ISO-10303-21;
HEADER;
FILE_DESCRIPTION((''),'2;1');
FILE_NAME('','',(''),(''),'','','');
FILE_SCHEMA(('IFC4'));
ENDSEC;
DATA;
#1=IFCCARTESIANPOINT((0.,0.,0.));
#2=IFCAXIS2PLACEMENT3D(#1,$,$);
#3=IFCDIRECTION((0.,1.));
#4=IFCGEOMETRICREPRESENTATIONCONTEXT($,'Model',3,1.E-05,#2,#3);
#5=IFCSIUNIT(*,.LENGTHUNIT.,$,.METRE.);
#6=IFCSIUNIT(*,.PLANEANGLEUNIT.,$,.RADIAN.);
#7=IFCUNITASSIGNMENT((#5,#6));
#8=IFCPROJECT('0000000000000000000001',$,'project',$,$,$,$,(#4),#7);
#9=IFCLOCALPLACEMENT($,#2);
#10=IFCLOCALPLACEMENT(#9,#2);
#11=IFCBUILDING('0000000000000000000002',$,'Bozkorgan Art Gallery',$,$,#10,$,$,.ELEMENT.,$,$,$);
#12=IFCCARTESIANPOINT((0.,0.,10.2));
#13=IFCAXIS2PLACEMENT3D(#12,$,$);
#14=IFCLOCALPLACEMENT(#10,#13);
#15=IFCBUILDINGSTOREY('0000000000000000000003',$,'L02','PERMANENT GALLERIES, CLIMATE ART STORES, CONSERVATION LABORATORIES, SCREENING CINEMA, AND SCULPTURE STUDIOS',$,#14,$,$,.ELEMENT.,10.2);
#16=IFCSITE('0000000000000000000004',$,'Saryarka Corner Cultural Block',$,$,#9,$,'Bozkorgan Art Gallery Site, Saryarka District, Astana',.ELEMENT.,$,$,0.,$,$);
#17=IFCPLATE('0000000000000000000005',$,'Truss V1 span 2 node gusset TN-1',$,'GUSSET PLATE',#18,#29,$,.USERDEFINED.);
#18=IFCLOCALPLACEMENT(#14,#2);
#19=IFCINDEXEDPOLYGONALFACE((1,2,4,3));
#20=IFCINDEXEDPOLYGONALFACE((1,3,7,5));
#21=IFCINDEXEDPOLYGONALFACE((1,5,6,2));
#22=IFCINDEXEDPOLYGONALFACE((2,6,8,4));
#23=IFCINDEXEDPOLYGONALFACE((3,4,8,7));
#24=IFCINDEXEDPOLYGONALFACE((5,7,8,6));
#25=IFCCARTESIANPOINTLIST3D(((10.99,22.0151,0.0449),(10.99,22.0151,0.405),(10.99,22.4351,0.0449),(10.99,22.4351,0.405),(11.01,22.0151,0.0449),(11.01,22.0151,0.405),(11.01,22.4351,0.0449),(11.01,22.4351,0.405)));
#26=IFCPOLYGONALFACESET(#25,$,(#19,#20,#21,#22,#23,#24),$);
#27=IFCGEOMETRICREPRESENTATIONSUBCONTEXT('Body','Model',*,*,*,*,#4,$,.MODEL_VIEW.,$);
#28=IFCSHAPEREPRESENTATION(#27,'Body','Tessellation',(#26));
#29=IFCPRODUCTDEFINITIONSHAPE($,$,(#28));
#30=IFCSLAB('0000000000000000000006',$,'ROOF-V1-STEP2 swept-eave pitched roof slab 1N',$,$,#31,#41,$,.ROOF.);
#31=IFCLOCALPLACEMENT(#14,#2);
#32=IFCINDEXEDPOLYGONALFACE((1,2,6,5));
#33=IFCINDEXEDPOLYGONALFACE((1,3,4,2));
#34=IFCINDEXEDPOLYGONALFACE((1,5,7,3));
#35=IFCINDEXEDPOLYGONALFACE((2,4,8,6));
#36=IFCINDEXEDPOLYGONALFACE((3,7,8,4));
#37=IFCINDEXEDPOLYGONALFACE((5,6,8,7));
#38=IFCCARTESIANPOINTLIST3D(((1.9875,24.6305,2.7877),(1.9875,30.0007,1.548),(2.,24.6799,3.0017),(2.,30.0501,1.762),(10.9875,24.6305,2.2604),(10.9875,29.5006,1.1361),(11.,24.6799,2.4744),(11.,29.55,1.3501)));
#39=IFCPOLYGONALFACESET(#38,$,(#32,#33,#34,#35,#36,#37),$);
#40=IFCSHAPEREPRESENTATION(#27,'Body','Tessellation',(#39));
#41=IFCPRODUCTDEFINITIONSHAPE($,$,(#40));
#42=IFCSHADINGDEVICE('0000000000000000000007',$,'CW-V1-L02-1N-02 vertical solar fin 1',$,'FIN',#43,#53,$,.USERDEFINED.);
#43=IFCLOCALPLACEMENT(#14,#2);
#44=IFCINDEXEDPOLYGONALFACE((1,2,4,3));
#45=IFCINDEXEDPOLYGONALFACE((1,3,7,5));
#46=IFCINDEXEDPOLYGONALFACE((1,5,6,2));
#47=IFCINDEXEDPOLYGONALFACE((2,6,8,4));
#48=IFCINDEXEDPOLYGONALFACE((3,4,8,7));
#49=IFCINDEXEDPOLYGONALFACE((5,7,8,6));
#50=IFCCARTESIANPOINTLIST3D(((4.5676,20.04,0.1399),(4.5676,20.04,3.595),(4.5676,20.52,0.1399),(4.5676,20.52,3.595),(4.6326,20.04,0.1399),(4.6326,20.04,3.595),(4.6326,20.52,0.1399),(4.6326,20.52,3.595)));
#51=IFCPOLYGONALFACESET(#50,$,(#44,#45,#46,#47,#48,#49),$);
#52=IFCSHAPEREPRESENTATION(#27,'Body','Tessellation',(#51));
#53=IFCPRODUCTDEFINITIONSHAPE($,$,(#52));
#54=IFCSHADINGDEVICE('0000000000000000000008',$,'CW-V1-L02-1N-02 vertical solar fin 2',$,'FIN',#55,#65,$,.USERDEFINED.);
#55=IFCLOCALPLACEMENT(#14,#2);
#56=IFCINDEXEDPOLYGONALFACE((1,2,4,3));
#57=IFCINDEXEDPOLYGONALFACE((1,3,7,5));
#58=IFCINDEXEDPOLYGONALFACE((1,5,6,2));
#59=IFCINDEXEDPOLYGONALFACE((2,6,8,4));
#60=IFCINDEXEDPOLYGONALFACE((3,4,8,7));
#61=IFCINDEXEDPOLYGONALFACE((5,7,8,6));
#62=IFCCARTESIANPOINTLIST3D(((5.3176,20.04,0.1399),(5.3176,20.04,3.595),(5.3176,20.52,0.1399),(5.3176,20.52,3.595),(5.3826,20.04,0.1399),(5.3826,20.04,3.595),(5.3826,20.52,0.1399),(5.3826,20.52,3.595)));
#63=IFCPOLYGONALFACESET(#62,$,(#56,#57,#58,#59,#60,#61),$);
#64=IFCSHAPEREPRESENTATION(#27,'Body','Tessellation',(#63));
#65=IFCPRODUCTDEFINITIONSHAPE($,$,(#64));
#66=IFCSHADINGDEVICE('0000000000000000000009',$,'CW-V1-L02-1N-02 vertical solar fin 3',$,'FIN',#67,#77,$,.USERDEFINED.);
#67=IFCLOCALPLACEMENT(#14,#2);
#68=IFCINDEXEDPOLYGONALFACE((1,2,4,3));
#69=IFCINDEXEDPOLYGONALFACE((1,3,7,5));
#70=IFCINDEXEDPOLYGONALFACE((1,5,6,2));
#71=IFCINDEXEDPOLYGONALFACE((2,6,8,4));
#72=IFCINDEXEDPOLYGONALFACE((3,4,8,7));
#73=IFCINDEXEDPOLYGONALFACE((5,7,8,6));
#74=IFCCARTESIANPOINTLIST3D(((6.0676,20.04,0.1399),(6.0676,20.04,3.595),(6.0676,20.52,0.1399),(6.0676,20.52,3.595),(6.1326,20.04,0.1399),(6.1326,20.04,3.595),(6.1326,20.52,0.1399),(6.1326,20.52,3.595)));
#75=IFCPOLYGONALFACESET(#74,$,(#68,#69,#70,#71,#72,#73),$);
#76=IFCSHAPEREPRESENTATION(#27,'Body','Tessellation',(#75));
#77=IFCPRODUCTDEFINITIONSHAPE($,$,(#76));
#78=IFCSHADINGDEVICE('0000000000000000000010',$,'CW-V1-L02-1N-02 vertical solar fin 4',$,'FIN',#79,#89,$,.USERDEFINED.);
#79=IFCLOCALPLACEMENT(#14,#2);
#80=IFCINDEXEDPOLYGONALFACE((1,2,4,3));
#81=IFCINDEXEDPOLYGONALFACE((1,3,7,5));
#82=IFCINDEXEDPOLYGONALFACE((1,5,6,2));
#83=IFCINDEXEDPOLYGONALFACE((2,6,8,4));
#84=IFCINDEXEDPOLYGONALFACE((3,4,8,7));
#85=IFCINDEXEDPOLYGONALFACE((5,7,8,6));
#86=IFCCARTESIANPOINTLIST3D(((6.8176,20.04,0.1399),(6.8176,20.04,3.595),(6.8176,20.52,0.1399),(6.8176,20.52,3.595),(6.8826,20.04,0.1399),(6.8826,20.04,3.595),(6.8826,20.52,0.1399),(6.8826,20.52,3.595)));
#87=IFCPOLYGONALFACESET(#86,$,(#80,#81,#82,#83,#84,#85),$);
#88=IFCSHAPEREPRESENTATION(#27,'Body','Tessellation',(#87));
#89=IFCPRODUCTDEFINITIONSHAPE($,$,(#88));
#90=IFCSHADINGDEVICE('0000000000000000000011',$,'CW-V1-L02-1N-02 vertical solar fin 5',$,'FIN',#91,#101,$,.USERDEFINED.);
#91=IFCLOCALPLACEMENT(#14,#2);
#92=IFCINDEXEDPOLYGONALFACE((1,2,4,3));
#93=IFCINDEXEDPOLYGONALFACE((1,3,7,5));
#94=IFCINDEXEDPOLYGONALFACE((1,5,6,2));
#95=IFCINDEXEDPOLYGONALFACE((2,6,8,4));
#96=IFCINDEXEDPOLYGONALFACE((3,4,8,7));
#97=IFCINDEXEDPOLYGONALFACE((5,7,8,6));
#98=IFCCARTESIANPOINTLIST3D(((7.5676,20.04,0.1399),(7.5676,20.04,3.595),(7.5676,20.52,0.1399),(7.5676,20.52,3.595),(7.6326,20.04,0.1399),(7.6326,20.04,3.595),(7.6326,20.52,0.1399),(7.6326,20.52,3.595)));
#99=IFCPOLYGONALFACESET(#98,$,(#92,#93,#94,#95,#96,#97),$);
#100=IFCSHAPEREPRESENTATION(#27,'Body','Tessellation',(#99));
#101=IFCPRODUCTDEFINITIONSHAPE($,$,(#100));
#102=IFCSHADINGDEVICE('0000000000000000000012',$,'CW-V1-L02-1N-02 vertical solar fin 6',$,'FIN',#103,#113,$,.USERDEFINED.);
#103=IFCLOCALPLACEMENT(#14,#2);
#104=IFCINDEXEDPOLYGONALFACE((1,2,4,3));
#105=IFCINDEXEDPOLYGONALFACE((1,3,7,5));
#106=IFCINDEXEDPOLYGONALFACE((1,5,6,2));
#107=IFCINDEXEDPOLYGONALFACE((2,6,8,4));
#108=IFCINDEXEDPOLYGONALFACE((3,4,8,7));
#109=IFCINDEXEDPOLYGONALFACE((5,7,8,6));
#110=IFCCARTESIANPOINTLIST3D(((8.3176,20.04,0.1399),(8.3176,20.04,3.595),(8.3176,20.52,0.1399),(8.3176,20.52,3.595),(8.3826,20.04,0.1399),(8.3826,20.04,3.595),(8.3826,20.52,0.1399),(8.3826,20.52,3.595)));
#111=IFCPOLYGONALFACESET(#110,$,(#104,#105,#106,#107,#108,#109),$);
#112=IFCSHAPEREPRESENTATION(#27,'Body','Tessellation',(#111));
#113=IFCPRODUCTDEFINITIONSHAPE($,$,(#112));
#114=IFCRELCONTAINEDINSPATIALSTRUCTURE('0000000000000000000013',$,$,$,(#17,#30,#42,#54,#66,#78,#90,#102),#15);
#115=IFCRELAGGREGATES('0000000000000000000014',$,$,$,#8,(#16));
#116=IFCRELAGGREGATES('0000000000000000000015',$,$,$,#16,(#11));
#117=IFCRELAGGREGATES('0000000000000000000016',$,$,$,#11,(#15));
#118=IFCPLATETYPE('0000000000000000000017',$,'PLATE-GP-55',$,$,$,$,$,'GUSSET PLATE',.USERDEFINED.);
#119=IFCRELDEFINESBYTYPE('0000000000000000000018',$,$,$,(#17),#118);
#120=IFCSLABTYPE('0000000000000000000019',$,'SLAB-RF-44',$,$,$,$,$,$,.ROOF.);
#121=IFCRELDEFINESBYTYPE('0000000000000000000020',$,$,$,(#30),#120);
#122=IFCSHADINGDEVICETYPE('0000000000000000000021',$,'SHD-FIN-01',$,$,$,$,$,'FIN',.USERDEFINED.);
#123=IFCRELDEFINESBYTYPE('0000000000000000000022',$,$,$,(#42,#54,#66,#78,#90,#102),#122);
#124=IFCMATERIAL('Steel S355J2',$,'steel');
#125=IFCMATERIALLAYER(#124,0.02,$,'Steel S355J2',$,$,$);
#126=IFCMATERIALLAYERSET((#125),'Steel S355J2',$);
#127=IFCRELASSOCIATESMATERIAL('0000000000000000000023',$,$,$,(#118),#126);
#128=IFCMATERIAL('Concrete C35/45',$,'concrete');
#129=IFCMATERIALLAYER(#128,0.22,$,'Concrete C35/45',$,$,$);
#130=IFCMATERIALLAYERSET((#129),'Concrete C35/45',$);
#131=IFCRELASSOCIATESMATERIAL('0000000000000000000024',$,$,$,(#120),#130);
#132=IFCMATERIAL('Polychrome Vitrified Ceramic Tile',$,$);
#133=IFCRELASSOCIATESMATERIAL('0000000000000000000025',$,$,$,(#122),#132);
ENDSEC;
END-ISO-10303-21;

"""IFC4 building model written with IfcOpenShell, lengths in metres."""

from ifc_helpers import new_model, si_unit, direction, frame, origin, origin_2d, place, context, subcontext, project, spatial, polyline, rectangle, outline, extrude, material, layer, layer_set, type_object, element, save


model = new_model("IFC4")

# Units and contexts
model_context = context("Model", 3, precision=1e-05, world=origin(), true_north=direction((0.0, 1.0)))
body_context = subcontext(model_context, "Body", "Model", "MODEL_VIEW")
ifc_project = project(units=[si_unit("LENGTHUNIT", "METRE"), si_unit("PLANEANGLEUNIT", "RADIAN")], contexts=[model_context])

# Site, building, storey
site_placement = place(None, origin())
site = spatial("IfcSite", under=ifc_project, at=site_placement, Name="Saryarka Corner Cultural Block", LongName="Bozkorgan Art Gallery Site, Saryarka District, Astana", CompositionType="ELEMENT", RefElevation=0.0)
building_placement = place(site_placement, origin())
building = spatial("IfcBuilding", under=site, at=building_placement, Name="Bozkorgan Art Gallery", CompositionType="ELEMENT")
storey_placement = place(building_placement, frame((0.0, 0.0, 10.2)))
storey = spatial("IfcBuildingStorey", under=building, at=storey_placement, Name="L02", Description="PERMANENT GALLERIES, CLIMATE ART STORES, CONSERVATION LABORATORIES, SCREENING CINEMA, AND SCULPTURE STUDIOS", CompositionType="ELEMENT", Elevation=10.2)

# Shared definitions
ifc_material_1 = material(Name="Steel S355J2", Category="steel")

# Plate
ifc_layer_1 = layer(ifc_material_1, 0.02, Name="Steel S355J2")
ifc_layer_set_1 = layer_set([ifc_layer_1], Name="Steel S355J2")
plate_type_1 = type_object("IfcPlateType", Name="PLATE-GP-55", ElementType="GUSSET PLATE", PredefinedType="USERDEFINED", material=ifc_layer_set_1)
for number, where, z_axis, x_axis, name in (
    (1, (11.0, 22.2251, 0.0449), (0.0, 0.0, 1.0), (1.0, 0.0, 0.0), "Truss V1 span 2 node gusset TN-1"),
):
    element("IfcPlate", number, at=place(storey_placement, frame(where, z_axis=z_axis, x_axis=x_axis)), inside=storey, type_object=plate_type_1, Name=name, ObjectType="GUSSET PLATE", PredefinedType="USERDEFINED", context=body_context, shape_type="SweptSolid", body=[
        extrude(rectangle(XDim=0.02, YDim=0.4199, at=origin_2d()), origin(), (0.0, 0.0, 1.0), 0.3601),
    ])

# Slab
ifc_material_2 = material(Name="Concrete C35/45", Category="concrete")
ifc_layer_2 = layer(ifc_material_2, 0.22, Name="Concrete C35/45")
ifc_layer_set_2 = layer_set([ifc_layer_2], Name="Concrete C35/45")
slab_type = type_object("IfcSlabType", Name="SLAB-RF-44", PredefinedType="ROOF", material=ifc_layer_set_2)
slab_placement = place(storey_placement, frame((2.0, 24.6799, 3.0017), z_axis=(0.056997, 0.224574, 0.972789), x_axis=(0.998288, 0.000001, -0.058491)))
element("IfcSlab", 2, at=slab_placement, inside=storey, type_object=slab_type, Name="ROOF-V1-STEP2 swept-eave pitched roof slab 1N", PredefinedType="ROOF", context=body_context, shape_type="SweptSolid", body=[
    extrude(outline(polyline([(0.0, 0.0), (9.0154, 0.0), (9.0812, 4.9978), (0.0725, 5.5109), (0.0, 0.0)])), origin(), (0.0, 0.0, -1.0), 0.22),
])

# Shading devices
ifc_material_3 = material(Name="Polychrome Vitrified Ceramic Tile")
shading_device_type = type_object("IfcShadingDeviceType", Name="SHD-FIN-01", ElementType="FIN", PredefinedType="USERDEFINED", material=ifc_material_3)
for number, where, z_axis, x_axis, name in (
    (3, (4.6001, 20.28, 0.1399), (0.0, 0.0, 1.0), (0.0, 1.0, 0.0), "CW-V1-L02-1N-02 vertical solar fin 1"),
    (4, (5.3501, 20.28, 0.1399), (0.0, 0.0, 1.0), (0.0, 1.0, 0.0), "CW-V1-L02-1N-02 vertical solar fin 2"),
    (5, (6.1001, 20.28, 0.1399), (0.0, 0.0, 1.0), (0.0, 1.0, 0.0), "CW-V1-L02-1N-02 vertical solar fin 3"),
    (6, (6.8501, 20.28, 0.1399), (0.0, 0.0, 1.0), (0.0, 1.0, 0.0), "CW-V1-L02-1N-02 vertical solar fin 4"),
    (7, (7.6001, 20.28, 0.1399), (0.0, 0.0, 1.0), (0.0, 1.0, 0.0), "CW-V1-L02-1N-02 vertical solar fin 5"),
    (8, (8.3501, 20.28, 0.1399), (0.0, 0.0, 1.0), (0.0, 1.0, 0.0), "CW-V1-L02-1N-02 vertical solar fin 6"),
):
    element("IfcShadingDevice", number, at=place(storey_placement, frame(where, z_axis=z_axis, x_axis=x_axis)), inside=storey, type_object=shading_device_type, Name=name, ObjectType="FIN", PredefinedType="USERDEFINED", context=body_context, shape_type="SweptSolid", body=[
        extrude(rectangle(XDim=0.48, YDim=0.0649, at=origin_2d()), origin(), (0.0, 0.0, 1.0), 3.4551),
    ])

save(model, "model.ifc")
